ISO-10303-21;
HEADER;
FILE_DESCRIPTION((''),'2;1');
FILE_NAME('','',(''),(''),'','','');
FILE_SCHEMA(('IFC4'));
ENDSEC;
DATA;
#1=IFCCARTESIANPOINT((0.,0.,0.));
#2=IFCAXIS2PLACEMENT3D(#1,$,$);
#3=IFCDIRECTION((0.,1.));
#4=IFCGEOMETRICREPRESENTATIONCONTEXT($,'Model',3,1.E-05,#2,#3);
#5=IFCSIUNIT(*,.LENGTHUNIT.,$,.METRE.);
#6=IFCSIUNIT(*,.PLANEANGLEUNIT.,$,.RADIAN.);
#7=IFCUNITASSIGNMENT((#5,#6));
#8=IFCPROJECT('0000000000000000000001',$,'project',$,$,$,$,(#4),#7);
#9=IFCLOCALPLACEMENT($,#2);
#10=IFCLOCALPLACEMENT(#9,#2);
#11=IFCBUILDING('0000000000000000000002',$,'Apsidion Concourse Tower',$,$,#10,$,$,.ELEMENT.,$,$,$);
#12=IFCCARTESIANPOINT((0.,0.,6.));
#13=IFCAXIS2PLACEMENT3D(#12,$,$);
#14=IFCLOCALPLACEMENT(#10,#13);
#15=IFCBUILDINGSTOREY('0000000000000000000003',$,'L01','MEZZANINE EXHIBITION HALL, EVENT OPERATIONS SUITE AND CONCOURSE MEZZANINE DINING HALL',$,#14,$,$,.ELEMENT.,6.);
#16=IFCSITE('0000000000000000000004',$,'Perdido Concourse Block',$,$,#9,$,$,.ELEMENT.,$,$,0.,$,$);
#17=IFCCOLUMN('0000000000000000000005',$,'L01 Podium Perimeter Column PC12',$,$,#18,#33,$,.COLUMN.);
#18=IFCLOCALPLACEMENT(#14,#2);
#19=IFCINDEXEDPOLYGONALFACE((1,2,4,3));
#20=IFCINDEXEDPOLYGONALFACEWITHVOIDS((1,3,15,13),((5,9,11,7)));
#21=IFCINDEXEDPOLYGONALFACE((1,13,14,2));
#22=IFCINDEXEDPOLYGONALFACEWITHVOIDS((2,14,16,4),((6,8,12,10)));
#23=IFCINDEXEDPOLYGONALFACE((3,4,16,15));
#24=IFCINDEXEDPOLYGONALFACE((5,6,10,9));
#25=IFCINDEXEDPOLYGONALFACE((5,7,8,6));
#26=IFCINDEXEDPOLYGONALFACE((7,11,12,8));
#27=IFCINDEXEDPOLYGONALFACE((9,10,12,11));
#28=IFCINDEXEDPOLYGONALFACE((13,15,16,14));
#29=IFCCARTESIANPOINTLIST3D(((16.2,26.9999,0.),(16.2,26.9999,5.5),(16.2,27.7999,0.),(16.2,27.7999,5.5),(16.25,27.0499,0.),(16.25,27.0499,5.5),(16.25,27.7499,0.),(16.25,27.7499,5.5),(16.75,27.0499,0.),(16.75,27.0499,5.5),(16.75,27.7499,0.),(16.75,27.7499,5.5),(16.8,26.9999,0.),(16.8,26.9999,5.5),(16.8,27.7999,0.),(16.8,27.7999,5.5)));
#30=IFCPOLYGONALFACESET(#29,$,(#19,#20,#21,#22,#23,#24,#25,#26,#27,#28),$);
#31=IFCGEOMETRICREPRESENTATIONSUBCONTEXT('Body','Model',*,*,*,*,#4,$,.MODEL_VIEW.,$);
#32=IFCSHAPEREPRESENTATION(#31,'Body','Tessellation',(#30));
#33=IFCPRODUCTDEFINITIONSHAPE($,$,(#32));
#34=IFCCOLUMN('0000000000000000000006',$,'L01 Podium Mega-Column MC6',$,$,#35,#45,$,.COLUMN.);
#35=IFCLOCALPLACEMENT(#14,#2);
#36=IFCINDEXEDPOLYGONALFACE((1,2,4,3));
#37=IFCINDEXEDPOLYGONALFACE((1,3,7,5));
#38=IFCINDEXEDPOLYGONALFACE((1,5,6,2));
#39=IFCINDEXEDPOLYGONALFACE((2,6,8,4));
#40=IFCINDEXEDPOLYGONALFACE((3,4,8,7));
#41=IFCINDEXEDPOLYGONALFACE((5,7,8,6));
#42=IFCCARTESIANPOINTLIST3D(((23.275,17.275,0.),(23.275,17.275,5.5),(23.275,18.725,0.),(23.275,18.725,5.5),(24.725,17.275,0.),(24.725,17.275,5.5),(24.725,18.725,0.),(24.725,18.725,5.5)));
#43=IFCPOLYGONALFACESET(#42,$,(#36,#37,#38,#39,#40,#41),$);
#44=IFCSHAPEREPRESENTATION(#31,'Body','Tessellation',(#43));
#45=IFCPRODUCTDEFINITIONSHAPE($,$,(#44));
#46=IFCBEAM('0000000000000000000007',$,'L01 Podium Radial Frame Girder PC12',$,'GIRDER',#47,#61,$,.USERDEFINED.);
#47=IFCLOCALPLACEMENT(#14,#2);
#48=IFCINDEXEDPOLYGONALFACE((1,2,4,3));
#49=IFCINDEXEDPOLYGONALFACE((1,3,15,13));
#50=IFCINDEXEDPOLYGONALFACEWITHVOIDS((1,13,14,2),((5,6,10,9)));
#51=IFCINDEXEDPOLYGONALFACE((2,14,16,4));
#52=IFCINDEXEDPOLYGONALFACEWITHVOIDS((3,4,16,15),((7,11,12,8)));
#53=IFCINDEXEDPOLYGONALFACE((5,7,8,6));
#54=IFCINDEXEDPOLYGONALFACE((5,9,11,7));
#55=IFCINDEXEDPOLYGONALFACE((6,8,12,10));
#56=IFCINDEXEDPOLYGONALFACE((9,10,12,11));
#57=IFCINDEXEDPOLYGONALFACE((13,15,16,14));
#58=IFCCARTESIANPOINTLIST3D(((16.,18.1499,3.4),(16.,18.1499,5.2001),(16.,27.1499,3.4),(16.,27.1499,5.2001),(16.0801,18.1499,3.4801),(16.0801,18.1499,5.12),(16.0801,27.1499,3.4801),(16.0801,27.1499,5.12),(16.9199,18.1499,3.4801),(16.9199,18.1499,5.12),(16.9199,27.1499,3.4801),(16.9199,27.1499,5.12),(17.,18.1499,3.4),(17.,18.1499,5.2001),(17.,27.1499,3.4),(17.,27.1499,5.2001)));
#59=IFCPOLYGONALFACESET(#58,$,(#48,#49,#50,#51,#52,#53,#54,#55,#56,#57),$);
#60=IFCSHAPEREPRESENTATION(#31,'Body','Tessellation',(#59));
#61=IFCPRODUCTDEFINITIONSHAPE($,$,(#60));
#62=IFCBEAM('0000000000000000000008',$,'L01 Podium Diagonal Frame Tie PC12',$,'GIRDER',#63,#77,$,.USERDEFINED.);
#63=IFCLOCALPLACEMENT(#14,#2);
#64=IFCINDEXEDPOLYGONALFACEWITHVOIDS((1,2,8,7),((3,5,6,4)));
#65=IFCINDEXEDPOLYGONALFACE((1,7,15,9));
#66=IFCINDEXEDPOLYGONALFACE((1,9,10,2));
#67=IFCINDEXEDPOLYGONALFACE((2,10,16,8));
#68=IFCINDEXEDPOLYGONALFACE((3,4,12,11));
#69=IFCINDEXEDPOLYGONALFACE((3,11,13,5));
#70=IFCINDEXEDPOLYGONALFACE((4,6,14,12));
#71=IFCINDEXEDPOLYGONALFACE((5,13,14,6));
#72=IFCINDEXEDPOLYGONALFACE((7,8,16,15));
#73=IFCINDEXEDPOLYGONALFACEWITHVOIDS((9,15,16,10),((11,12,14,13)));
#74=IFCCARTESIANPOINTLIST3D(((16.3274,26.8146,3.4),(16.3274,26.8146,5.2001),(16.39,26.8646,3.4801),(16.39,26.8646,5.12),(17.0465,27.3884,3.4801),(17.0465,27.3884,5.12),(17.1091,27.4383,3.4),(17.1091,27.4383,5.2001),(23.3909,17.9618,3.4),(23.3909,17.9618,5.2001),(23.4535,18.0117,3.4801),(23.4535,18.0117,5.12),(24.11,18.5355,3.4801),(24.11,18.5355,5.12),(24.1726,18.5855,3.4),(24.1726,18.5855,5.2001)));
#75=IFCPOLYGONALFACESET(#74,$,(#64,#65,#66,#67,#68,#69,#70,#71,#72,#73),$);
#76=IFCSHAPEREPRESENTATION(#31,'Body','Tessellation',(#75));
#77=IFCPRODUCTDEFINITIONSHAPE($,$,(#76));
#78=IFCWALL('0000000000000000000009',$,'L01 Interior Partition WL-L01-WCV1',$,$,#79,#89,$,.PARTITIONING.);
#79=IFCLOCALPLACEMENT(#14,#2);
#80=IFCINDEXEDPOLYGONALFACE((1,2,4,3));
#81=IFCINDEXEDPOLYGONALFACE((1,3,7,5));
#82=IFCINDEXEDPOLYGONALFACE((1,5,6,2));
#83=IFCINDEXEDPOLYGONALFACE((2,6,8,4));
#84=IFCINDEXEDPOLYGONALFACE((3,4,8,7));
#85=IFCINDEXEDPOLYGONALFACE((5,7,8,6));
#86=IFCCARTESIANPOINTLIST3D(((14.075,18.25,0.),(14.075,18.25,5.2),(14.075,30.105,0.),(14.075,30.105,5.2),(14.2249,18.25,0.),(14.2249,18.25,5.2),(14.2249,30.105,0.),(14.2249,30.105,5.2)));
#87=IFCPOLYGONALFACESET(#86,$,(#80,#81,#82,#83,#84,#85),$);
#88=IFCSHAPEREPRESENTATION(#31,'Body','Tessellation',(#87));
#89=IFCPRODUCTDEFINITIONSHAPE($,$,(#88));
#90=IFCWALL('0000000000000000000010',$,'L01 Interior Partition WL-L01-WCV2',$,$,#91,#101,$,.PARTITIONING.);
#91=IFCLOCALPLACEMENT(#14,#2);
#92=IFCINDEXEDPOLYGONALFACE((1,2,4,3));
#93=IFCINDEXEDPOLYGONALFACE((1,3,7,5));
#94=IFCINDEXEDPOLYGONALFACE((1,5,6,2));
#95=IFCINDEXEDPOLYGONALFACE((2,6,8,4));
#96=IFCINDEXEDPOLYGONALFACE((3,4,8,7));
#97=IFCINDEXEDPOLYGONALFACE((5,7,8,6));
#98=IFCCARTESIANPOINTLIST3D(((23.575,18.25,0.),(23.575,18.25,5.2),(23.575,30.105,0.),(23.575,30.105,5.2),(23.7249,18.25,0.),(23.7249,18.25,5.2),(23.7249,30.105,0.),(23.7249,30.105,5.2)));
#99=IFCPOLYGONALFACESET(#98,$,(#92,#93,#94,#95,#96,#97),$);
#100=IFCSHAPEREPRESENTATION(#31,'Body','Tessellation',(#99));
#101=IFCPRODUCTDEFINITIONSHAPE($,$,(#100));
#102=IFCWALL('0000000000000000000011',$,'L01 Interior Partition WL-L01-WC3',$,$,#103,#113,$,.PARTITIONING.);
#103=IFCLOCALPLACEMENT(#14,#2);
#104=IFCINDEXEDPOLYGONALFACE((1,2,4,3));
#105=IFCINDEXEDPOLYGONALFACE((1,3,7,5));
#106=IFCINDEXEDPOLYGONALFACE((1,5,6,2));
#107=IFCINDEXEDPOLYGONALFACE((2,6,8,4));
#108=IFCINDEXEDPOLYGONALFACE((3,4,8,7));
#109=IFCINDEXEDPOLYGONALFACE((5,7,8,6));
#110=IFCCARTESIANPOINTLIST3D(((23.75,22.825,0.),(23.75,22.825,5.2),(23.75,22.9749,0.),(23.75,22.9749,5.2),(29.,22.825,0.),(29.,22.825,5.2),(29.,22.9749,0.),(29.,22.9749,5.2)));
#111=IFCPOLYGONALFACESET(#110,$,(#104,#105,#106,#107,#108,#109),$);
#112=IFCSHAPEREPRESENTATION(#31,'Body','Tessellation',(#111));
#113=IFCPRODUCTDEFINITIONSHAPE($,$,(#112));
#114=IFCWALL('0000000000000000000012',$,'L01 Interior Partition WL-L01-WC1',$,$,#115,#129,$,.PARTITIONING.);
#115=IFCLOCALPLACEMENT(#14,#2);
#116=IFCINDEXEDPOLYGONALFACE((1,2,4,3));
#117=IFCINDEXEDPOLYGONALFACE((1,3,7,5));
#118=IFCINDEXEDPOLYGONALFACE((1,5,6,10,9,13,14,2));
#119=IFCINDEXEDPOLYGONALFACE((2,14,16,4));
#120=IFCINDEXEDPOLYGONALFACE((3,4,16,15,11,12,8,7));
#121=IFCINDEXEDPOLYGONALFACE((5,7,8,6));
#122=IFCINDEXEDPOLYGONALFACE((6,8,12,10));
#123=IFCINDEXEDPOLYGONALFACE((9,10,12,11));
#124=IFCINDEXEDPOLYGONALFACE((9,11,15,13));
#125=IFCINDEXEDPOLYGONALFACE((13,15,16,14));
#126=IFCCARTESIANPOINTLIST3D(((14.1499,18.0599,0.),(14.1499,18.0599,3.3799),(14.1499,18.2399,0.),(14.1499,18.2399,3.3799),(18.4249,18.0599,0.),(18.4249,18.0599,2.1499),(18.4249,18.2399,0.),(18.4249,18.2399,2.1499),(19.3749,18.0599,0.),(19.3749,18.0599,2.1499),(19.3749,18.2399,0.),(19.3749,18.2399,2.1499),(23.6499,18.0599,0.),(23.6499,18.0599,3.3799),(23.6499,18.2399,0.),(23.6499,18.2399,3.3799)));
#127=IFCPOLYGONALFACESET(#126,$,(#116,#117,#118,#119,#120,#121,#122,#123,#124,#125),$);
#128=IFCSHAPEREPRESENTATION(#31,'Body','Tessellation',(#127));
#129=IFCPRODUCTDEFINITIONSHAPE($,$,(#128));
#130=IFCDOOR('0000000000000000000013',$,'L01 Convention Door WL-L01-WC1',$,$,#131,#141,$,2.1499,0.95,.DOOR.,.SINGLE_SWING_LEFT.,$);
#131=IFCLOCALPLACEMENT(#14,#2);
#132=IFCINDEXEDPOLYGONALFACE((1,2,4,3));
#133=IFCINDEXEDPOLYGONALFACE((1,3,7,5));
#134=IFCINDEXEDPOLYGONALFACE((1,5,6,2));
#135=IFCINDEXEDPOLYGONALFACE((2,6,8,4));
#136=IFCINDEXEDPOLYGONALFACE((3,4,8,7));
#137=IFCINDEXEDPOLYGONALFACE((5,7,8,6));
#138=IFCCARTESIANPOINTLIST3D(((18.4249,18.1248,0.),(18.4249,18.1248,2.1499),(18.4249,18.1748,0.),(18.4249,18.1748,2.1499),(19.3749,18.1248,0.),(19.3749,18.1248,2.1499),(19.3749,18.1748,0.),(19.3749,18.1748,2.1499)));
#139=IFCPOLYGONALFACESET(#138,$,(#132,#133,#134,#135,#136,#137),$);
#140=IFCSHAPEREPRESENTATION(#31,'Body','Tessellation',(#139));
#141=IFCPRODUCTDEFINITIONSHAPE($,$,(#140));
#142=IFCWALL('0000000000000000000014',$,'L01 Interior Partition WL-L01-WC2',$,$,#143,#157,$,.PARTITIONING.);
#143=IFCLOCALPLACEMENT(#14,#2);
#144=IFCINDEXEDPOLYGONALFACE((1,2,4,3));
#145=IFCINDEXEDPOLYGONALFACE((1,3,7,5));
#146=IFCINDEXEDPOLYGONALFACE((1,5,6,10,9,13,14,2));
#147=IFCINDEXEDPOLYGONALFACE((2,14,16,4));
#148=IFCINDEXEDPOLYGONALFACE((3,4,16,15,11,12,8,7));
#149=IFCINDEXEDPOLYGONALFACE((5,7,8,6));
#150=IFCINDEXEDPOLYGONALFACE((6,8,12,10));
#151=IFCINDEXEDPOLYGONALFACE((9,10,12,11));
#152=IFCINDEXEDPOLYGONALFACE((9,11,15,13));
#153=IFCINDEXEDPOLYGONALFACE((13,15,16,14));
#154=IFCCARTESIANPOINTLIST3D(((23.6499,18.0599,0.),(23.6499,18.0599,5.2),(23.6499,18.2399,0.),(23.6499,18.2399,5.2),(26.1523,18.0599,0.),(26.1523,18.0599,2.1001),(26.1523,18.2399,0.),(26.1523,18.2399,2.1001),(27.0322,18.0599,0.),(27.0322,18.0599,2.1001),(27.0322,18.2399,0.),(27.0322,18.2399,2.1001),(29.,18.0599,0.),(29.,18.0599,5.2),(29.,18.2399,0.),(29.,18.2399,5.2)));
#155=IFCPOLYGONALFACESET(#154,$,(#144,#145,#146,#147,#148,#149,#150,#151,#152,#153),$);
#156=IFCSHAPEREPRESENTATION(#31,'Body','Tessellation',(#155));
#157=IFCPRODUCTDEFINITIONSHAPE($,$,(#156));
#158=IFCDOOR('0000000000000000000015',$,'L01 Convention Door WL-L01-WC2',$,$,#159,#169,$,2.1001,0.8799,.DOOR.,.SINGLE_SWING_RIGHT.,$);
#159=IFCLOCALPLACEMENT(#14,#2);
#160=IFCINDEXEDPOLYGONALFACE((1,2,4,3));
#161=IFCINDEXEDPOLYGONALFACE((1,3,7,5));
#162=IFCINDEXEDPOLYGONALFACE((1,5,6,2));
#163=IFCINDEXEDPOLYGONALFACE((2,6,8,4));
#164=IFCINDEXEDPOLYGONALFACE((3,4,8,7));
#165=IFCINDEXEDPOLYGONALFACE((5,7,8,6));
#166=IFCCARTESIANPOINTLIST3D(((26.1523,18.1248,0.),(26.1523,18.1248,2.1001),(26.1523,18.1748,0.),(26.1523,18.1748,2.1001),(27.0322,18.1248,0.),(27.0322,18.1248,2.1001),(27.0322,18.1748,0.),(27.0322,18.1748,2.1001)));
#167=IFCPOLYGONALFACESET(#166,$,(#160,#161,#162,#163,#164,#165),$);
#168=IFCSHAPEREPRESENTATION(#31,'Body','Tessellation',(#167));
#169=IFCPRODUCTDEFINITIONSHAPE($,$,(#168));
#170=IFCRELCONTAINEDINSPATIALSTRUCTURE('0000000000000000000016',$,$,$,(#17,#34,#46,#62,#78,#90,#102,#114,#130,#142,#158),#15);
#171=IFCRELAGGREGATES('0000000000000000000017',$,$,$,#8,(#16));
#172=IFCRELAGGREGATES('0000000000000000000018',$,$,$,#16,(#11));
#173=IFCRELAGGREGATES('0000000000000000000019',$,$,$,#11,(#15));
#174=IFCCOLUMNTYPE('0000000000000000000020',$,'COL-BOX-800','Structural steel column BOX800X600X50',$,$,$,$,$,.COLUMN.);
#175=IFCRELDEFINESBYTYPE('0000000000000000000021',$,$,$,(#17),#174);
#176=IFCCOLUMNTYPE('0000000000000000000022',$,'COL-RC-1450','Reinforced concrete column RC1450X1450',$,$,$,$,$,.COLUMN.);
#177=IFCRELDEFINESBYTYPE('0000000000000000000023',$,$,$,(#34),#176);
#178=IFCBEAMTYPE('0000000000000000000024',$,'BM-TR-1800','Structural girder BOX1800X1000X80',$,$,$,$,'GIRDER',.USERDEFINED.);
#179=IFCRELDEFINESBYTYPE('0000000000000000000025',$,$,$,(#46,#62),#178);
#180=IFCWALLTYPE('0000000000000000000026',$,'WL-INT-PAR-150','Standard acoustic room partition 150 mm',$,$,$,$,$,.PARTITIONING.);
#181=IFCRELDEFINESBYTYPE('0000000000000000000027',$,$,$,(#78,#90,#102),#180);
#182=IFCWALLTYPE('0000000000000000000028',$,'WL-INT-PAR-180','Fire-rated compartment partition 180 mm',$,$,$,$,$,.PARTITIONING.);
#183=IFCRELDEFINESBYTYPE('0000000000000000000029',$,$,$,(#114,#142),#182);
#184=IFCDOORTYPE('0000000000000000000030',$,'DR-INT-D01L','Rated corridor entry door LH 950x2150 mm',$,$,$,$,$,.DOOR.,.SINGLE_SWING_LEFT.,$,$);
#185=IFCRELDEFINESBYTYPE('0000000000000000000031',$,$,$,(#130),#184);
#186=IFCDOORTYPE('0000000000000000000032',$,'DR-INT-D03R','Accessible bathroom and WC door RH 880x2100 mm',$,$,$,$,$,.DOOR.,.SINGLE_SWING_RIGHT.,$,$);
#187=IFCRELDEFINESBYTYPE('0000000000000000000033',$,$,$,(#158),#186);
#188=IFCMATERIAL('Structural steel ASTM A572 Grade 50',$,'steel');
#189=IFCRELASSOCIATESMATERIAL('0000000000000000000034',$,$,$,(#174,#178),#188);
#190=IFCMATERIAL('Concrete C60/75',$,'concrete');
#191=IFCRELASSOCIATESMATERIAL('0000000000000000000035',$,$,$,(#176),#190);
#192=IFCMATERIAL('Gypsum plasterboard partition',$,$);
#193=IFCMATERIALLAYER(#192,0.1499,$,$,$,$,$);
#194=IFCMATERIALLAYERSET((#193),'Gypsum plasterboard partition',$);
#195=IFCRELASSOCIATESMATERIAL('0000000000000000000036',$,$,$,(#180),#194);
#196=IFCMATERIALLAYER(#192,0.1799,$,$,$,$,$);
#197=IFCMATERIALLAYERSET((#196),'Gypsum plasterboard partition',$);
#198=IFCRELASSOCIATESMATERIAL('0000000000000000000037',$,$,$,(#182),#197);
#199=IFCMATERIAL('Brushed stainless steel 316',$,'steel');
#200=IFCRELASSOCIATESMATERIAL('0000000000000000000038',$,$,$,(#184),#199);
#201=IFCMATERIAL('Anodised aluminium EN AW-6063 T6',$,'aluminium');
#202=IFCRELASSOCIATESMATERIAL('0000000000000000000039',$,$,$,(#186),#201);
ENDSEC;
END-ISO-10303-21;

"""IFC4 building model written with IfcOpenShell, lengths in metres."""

from ifc_helpers import new_model, si_unit, direction, frame, frame_2d, origin, origin_2d, place, context, subcontext, project, spatial, rectangle, hollow_rectangle, extrude, material, layer, layer_set, material_profile, profile_set, type_object, element, fill, save


model = new_model("IFC4")

# Units and contexts
model_context = context("Model", 3, precision=1e-05, world=origin(), true_north=direction((0.0, 1.0)))
body_context = subcontext(model_context, "Body", "Model", "MODEL_VIEW")
ifc_project = project(units=[si_unit("LENGTHUNIT", "METRE"), si_unit("PLANEANGLEUNIT", "RADIAN")], contexts=[model_context])

# Site, building, storey
site_placement = place(None, origin())
site = spatial("IfcSite", under=ifc_project, at=site_placement, Name="Perdido Concourse Block", CompositionType="ELEMENT", RefElevation=0.0)
building_placement = place(site_placement, origin())
building = spatial("IfcBuilding", under=site, at=building_placement, Name="Apsidion Concourse Tower", CompositionType="ELEMENT")
storey_placement = place(building_placement, frame((0.0, 0.0, 6.0)))
storey = spatial("IfcBuildingStorey", under=building, at=storey_placement, Name="L01", Description="MEZZANINE EXHIBITION HALL, EVENT OPERATIONS SUITE AND CONCOURSE MEZZANINE DINING HALL", CompositionType="ELEMENT", Elevation=6.0)

# Columns
ifc_material_1 = material(Name="Structural steel ASTM A572 Grade 50", Category="steel")
ifc_material_profile_1 = material_profile(ifc_material_1, hollow_rectangle(XDim=0.6001, YDim=0.8, WallThickness=0.05, at=origin_2d()), Name="BOX800X600X50")
ifc_profile_set_1 = profile_set([ifc_material_profile_1], Name="Structural steel ASTM A572 Grade 50")
column_type_1 = type_object("IfcColumnType", Name="COL-BOX-800", Description="Structural steel column BOX800X600X50", PredefinedType="COLUMN", material=ifc_profile_set_1)
column_1_placement = place(storey_placement, frame((16.5, 27.3999, 0.0), z_axis=(0.0, 0.0, 1.0), x_axis=(1.0, 0.0, 0.0)))
element("IfcColumn", 1, at=column_1_placement, inside=storey, type_object=column_type_1, Name="L01 Podium Perimeter Column PC12", PredefinedType="COLUMN", context=body_context, shape_type="SweptSolid", body=[
    extrude(hollow_rectangle(XDim=0.6001, YDim=0.8, WallThickness=0.05, at=origin_2d()), origin(), (0.0, 0.0, 1.0), 5.5),
])
ifc_material_2 = material(Name="Concrete C60/75", Category="concrete")
ifc_material_profile_2 = material_profile(ifc_material_2, rectangle(XDim=1.45, YDim=1.45, at=origin_2d()), Name="RC 1450x1450")
ifc_profile_set_2 = profile_set([ifc_material_profile_2], Name="Concrete C60/75")
column_type_2 = type_object("IfcColumnType", Name="COL-RC-1450", Description="Reinforced concrete column RC1450X1450", PredefinedType="COLUMN", material=ifc_profile_set_2)
column_2_placement = place(storey_placement, frame((24.0, 18.0, 0.0), z_axis=(0.0, 0.0, 1.0), x_axis=(1.0, 0.0, 0.0)))
element("IfcColumn", 2, at=column_2_placement, inside=storey, type_object=column_type_2, Name="L01 Podium Mega-Column MC6", PredefinedType="COLUMN", context=body_context, shape_type="SweptSolid", body=[
    extrude(rectangle(XDim=1.45, YDim=1.45, at=origin_2d()), origin(), (0.0, 0.0, 1.0), 5.5),
])

# Beams
ifc_material_profile_3 = material_profile(ifc_material_1, hollow_rectangle(XDim=1.0, YDim=1.8, WallThickness=0.0801, at=origin_2d()), Name="BOX1800X1000X80")
ifc_profile_set_3 = profile_set([ifc_material_profile_3], Name="Structural steel ASTM A572 Grade 50")
beam_type = type_object("IfcBeamType", Name="BM-TR-1800", Description="Structural girder BOX1800X1000X80", ElementType="GIRDER", PredefinedType="USERDEFINED", material=ifc_profile_set_3)
beam_1_placement = place(storey_placement, frame((16.5, 27.1499, 4.3), z_axis=(0.0, -1.0, 0.0), x_axis=(1.0, 0.0, 0.0)))
element("IfcBeam", 3, at=beam_1_placement, inside=storey, type_object=beam_type, Name="L01 Podium Radial Frame Girder PC12", ObjectType="GIRDER", PredefinedType="USERDEFINED", context=body_context, shape_type="SweptSolid", body=[
    extrude(hollow_rectangle(XDim=1.0, YDim=1.8, WallThickness=0.0801, at=origin_2d()), origin(), (0.0, 0.0, 1.0), 9.0),
])
beam_2_placement = place(storey_placement, frame((16.7183, 27.1265, 4.3), z_axis=(0.623685, -0.781676, 0.0), x_axis=(0.781676, 0.623685, 0.0)))
element("IfcBeam", 4, at=beam_2_placement, inside=storey, type_object=beam_type, Name="L01 Podium Diagonal Frame Tie PC12", ObjectType="GIRDER", PredefinedType="USERDEFINED", context=body_context, shape_type="SweptSolid", body=[
    extrude(hollow_rectangle(XDim=1.0, YDim=1.8, WallThickness=0.0801, at=origin_2d()), origin(), (0.0, 0.0, 1.0), 11.3254),
])

# Walls
ifc_material_3 = material(Name="Gypsum plasterboard partition")
ifc_layer_1 = layer(ifc_material_3, 0.1499)
ifc_layer_set_1 = layer_set([ifc_layer_1], Name="Gypsum plasterboard partition")
wall_type_1 = type_object("IfcWallType", Name="WL-INT-PAR-150", Description="Standard acoustic room partition 150 mm", PredefinedType="PARTITIONING", material=ifc_layer_set_1)
for number, where, z_axis, x_axis, name in (
    (5, (14.1499, 18.25, 0.0), (0.0, 0.0, 1.0), (0.0, 1.0, 0.0), "L01 Interior Partition WL-L01-WCV1"),
    (6, (23.6499, 18.25, 0.0), (0.0, 0.0, 1.0), (0.0, 1.0, 0.0), "L01 Interior Partition WL-L01-WCV2"),
):
    element("IfcWall", number, at=place(storey_placement, frame(where, z_axis=z_axis, x_axis=x_axis)), inside=storey, type_object=wall_type_1, Name=name, PredefinedType="PARTITIONING", context=body_context, shape_type="SweptSolid", body=[
        extrude(rectangle(XDim=11.855, YDim=0.1499, at=frame_2d((5.9275, 0.0))), origin(), (0.0, 0.0, 1.0), 5.2),
    ])
wall_1_placement = place(storey_placement, frame((23.75, 22.8999, 0.0), z_axis=(0.0, 0.0, 1.0), x_axis=(1.0, 0.0, 0.0)))
element("IfcWall", 7, at=wall_1_placement, inside=storey, type_object=wall_type_1, Name="L01 Interior Partition WL-L01-WC3", PredefinedType="PARTITIONING", context=body_context, shape_type="SweptSolid", body=[
    extrude(rectangle(XDim=5.25, YDim=0.1499, at=frame_2d((2.625, 0.0))), origin(), (0.0, 0.0, 1.0), 5.2),
])

# Walls, openings, doors
ifc_layer_2 = layer(ifc_material_3, 0.1799)
ifc_layer_set_2 = layer_set([ifc_layer_2], Name="Gypsum plasterboard partition")
wall_type_2 = type_object("IfcWallType", Name="WL-INT-PAR-180", Description="Fire-rated compartment partition 180 mm", PredefinedType="PARTITIONING", material=ifc_layer_set_2)
wall_2_placement = place(storey_placement, frame((14.1499, 18.1499, 0.0), z_axis=(0.0, 0.0, 1.0), x_axis=(1.0, 0.0, 0.0)))
wall_2 = element("IfcWall", 8, at=wall_2_placement, inside=storey, type_object=wall_type_2, Name="L01 Interior Partition WL-L01-WC1", PredefinedType="PARTITIONING", context=body_context, shape_type="SweptSolid", body=[
    extrude(rectangle(XDim=9.5, YDim=0.1799, at=frame_2d((4.75, 0.0))), origin(), (0.0, 0.0, 1.0), 3.3799),
])
opening_1_placement = place(wall_2_placement, frame((4.2749, 0.0, 0.0)))
opening_1 = element("IfcOpeningElement", 9, at=opening_1_placement, cuts=wall_2, PredefinedType="OPENING", context=body_context, shape_type="SweptSolid", body=[
    extrude(rectangle(XDim=0.95, YDim=2.1499, at=frame_2d((0.4751, 1.075))), frame((0.0, 0.1001, 0.0), z_axis=(0.0, -1.0, 0.0), x_axis=(1.0, 0.0, 0.0)), (0.0, 0.0, 1.0), 0.2),
])
ifc_material_4 = material(Name="Brushed stainless steel 316", Category="steel")
door_type_1 = type_object("IfcDoorType", Name="DR-INT-D01L", Description="Rated corridor entry door LH 950x2150 mm", OperationType="SINGLE_SWING_LEFT", PredefinedType="DOOR", material=ifc_material_4)
door_1_placement = place(opening_1_placement, origin())
door_1 = element("IfcDoor", 10, at=door_1_placement, inside=storey, type_object=door_type_1, Name="L01 Convention Door WL-L01-WC1", OperationType="SINGLE_SWING_LEFT", OverallHeight=2.1499, OverallWidth=0.95, PredefinedType="DOOR", context=body_context, shape_type="SweptSolid", body=[
    extrude(rectangle(XDim=0.95, YDim=2.1499, at=frame_2d((0.4751, 1.075))), frame((0.0, 0.0249, 0.0), z_axis=(0.0, -1.0, 0.0), x_axis=(1.0, 0.0, 0.0)), (0.0, 0.0, 1.0), 0.05),
])
fill(opening_1, door_1)
wall_3_placement = place(storey_placement, frame((23.6499, 18.1499, 0.0), z_axis=(0.0, 0.0, 1.0), x_axis=(1.0, 0.0, 0.0)))
wall_3 = element("IfcWall", 11, at=wall_3_placement, inside=storey, type_object=wall_type_2, Name="L01 Interior Partition WL-L01-WC2", PredefinedType="PARTITIONING", context=body_context, shape_type="SweptSolid", body=[
    extrude(rectangle(XDim=5.3501, YDim=0.1799, at=frame_2d((2.675, 0.0))), origin(), (0.0, 0.0, 1.0), 5.2),
])
opening_2_placement = place(wall_3_placement, frame((2.5024, 0.0, 0.0)))
opening_2 = element("IfcOpeningElement", 12, at=opening_2_placement, cuts=wall_3, PredefinedType="OPENING", context=body_context, shape_type="SweptSolid", body=[
    extrude(rectangle(XDim=0.8799, YDim=2.1001, at=frame_2d((0.4399, 1.05))), frame((0.0, 0.1001, 0.0), z_axis=(0.0, -1.0, 0.0), x_axis=(1.0, 0.0, 0.0)), (0.0, 0.0, 1.0), 0.2),
])
ifc_material_5 = material(Name="Anodised aluminium EN AW-6063 T6", Category="aluminium")
door_type_2 = type_object("IfcDoorType", Name="DR-INT-D03R", Description="Accessible bathroom and WC door RH 880x2100 mm", OperationType="SINGLE_SWING_RIGHT", PredefinedType="DOOR", material=ifc_material_5)
door_2_placement = place(opening_2_placement, origin())
door_2 = element("IfcDoor", 13, at=door_2_placement, inside=storey, type_object=door_type_2, Name="L01 Convention Door WL-L01-WC2", OperationType="SINGLE_SWING_RIGHT", OverallHeight=2.1001, OverallWidth=0.8799, PredefinedType="DOOR", context=body_context, shape_type="SweptSolid", body=[
    extrude(rectangle(XDim=0.8799, YDim=2.1001, at=frame_2d((0.4399, 1.05))), frame((0.0, 0.0249, 0.0), z_axis=(0.0, -1.0, 0.0), x_axis=(1.0, 0.0, 0.0)), (0.0, 0.0, 1.0), 0.05),
])
fill(opening_2, door_2)

save(model, "model.ifc")
